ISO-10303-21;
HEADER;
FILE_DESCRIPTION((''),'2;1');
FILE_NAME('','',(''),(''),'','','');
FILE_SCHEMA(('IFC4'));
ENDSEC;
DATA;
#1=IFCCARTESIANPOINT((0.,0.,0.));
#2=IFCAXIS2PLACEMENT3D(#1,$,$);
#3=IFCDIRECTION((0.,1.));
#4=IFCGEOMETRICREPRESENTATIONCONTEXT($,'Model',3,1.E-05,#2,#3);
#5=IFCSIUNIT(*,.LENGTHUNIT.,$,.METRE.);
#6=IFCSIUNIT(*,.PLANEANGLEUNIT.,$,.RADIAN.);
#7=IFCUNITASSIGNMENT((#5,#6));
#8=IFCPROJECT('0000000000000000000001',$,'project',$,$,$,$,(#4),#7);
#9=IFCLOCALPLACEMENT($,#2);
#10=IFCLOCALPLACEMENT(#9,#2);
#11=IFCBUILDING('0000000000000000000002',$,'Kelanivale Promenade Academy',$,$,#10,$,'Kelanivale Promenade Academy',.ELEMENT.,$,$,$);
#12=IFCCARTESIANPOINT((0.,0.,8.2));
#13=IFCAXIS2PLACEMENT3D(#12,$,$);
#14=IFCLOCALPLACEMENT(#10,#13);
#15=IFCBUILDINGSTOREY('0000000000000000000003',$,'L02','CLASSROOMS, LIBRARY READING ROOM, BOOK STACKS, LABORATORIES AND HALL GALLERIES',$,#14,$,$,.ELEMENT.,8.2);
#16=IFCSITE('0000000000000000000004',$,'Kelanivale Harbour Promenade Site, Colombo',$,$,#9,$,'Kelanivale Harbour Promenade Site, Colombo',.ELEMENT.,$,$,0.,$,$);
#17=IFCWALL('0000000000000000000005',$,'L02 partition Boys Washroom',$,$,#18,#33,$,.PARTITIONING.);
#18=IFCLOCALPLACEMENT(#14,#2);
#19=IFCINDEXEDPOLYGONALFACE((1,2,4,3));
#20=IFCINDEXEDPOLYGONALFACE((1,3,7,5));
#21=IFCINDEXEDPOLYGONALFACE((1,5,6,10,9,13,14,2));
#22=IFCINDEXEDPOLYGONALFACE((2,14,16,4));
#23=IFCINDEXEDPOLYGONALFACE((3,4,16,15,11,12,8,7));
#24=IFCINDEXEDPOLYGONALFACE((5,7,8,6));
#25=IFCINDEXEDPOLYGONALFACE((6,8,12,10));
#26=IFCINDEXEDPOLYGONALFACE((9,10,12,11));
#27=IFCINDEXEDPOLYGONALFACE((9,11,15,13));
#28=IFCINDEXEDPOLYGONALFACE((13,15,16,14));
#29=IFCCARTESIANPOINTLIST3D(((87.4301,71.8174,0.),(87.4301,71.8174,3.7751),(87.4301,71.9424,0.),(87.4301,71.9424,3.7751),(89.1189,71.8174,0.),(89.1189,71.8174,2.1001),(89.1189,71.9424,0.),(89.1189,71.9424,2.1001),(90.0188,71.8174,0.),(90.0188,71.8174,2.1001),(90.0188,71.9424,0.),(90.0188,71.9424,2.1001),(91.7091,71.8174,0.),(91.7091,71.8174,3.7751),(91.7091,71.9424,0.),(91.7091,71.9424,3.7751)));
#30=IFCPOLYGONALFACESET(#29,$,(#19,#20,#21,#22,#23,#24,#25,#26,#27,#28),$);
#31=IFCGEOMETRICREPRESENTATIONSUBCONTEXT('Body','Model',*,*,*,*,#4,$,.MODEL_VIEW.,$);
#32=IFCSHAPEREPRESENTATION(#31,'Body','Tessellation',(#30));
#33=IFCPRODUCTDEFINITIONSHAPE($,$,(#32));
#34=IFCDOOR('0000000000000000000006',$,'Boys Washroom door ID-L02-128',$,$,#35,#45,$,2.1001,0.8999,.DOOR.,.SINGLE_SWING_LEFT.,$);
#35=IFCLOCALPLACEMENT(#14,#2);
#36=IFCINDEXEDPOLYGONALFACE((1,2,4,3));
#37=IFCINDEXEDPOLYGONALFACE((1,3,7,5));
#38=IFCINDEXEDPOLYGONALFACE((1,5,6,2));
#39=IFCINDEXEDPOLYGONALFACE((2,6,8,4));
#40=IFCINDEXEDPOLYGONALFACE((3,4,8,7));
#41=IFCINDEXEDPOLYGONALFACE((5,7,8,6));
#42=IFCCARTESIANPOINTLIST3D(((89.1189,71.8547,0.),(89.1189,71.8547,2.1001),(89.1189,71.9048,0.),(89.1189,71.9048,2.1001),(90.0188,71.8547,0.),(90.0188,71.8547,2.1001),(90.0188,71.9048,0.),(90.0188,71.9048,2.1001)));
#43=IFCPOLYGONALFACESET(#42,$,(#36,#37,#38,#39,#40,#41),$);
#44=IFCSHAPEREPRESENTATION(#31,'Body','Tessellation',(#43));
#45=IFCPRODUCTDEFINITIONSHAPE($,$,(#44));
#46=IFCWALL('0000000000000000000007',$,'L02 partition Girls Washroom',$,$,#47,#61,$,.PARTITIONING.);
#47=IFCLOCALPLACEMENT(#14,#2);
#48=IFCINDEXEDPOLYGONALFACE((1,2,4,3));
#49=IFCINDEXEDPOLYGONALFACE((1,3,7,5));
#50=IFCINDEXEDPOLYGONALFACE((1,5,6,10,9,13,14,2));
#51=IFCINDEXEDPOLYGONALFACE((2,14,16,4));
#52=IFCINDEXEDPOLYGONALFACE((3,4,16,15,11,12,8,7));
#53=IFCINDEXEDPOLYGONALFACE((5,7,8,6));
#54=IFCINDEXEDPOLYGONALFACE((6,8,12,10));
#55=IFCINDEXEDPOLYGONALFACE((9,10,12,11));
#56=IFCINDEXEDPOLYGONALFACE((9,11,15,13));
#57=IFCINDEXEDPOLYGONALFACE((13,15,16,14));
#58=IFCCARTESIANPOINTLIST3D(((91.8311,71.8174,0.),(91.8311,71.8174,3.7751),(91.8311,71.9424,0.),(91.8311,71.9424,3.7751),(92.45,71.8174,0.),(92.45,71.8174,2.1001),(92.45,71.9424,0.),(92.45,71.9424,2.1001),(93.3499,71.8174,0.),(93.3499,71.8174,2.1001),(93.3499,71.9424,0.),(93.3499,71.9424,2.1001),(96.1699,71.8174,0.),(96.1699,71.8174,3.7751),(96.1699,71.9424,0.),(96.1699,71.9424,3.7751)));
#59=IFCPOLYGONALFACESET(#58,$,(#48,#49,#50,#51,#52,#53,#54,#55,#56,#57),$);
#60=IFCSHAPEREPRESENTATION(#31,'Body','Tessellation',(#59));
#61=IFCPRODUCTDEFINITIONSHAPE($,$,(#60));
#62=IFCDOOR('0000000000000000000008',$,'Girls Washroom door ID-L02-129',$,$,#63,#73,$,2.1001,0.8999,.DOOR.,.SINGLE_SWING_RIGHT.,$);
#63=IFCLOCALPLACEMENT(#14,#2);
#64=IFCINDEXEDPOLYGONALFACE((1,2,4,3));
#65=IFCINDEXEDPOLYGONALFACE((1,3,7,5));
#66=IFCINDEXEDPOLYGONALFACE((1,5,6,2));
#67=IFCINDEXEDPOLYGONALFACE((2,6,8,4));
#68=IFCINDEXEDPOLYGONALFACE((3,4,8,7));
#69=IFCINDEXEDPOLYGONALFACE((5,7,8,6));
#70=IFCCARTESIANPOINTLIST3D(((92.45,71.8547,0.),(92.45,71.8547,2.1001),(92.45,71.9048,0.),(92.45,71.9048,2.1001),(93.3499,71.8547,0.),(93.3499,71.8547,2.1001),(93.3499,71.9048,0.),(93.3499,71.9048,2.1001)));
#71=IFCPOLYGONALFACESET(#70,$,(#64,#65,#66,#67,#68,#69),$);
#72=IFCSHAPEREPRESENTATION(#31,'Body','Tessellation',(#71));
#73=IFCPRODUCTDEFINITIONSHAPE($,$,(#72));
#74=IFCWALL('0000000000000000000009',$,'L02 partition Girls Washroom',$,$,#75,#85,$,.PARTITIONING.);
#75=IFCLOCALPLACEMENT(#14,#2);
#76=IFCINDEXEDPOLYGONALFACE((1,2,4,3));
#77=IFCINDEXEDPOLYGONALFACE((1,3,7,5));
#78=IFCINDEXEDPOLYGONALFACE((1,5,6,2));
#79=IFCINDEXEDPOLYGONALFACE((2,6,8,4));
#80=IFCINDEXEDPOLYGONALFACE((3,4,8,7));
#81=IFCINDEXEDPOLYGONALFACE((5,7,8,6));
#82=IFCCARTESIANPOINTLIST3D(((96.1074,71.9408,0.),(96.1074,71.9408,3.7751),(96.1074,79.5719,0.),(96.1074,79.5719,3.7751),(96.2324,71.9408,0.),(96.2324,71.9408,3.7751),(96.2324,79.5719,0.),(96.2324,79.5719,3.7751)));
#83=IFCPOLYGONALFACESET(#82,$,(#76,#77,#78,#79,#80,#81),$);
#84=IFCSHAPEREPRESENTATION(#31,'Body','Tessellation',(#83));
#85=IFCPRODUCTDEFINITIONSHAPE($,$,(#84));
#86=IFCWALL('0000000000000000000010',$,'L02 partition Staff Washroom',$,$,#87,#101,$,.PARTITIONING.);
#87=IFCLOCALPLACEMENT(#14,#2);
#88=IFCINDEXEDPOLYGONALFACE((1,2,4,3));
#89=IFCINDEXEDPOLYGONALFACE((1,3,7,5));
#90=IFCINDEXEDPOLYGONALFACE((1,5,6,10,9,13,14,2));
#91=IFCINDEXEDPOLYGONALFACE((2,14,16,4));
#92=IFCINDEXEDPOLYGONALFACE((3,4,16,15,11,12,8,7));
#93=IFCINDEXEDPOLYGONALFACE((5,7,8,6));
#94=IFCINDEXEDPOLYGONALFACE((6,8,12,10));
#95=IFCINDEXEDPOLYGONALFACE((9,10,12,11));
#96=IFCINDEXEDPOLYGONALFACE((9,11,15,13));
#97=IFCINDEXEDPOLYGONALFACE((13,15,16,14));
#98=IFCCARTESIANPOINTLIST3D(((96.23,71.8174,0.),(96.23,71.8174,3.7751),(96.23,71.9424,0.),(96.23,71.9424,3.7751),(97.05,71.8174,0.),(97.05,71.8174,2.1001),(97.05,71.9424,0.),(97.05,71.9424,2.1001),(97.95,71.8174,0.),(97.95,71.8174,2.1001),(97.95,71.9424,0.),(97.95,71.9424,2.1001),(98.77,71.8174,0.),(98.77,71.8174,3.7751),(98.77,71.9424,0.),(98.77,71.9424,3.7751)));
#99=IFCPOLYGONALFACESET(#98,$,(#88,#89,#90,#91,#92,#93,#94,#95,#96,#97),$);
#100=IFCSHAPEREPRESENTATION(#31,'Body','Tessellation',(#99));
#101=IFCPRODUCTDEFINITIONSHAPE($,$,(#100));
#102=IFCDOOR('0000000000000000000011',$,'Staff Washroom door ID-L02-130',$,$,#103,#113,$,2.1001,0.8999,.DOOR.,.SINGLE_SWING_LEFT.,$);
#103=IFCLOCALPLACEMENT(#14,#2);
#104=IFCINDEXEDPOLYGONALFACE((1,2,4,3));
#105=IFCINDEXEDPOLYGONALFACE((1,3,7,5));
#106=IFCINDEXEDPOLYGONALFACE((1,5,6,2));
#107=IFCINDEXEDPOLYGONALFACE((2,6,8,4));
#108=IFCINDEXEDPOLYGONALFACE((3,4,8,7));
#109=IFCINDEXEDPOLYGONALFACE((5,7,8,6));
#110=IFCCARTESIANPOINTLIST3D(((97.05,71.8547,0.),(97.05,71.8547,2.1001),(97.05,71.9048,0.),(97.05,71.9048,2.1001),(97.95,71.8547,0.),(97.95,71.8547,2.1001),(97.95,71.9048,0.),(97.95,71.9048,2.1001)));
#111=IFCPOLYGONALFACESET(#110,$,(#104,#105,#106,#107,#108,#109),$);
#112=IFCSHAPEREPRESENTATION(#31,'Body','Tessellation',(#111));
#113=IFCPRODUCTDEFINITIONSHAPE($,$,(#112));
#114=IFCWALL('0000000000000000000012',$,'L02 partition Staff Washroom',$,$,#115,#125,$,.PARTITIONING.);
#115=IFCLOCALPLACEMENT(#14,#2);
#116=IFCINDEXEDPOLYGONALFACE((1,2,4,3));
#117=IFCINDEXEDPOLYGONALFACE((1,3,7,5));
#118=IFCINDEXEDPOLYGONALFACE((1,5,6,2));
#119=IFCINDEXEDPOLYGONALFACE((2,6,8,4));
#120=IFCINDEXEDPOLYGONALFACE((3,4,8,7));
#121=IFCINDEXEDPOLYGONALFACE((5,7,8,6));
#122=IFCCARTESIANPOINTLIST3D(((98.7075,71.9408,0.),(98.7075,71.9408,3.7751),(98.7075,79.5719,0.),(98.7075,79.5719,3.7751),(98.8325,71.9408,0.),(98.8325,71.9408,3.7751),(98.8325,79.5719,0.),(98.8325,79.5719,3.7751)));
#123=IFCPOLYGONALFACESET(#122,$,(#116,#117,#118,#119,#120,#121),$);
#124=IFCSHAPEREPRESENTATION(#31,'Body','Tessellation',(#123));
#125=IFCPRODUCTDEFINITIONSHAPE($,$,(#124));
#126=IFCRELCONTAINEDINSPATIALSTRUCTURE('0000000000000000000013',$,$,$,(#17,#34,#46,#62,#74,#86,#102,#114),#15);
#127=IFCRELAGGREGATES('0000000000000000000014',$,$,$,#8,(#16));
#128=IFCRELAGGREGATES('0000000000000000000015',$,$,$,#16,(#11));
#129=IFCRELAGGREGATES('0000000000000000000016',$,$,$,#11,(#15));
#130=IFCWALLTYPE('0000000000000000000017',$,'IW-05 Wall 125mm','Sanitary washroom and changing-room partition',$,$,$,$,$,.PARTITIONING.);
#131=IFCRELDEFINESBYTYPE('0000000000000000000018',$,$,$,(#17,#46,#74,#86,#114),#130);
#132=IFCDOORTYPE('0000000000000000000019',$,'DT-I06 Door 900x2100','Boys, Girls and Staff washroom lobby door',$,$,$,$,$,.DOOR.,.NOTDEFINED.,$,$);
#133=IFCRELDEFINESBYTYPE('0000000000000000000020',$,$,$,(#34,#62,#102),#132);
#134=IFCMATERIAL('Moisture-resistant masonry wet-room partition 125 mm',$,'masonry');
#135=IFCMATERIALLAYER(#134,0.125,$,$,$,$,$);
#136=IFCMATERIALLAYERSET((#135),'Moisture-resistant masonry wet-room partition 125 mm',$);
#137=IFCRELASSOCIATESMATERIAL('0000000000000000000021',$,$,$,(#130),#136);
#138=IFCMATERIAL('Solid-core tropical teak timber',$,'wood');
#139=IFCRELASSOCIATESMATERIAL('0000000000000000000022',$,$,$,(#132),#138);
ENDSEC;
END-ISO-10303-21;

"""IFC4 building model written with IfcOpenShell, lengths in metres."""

from ifc_helpers import new_model, si_unit, direction, frame, frame_2d, origin, place, context, subcontext, project, spatial, rectangle, extrude, material, layer, layer_set, type_object, element, fill, save


model = new_model("IFC4")

# Units and contexts
model_context = context("Model", 3, precision=1e-05, world=origin(), true_north=direction((0.0, 1.0)))
body_context = subcontext(model_context, "Body", "Model", "MODEL_VIEW")
ifc_project = project(units=[si_unit("LENGTHUNIT", "METRE"), si_unit("PLANEANGLEUNIT", "RADIAN")], contexts=[model_context])

# Site, building, storey
site_placement = place(None, origin())
site = spatial("IfcSite", under=ifc_project, at=site_placement, Name="Kelanivale Harbour Promenade Site, Colombo", LongName="Kelanivale Harbour Promenade Site, Colombo", CompositionType="ELEMENT", RefElevation=0.0)
building_placement = place(site_placement, origin())
building = spatial("IfcBuilding", under=site, at=building_placement, Name="Kelanivale Promenade Academy", LongName="Kelanivale Promenade Academy", CompositionType="ELEMENT")
storey_placement = place(building_placement, frame((0.0, 0.0, 8.2)))
storey = spatial("IfcBuildingStorey", under=building, at=storey_placement, Name="L02", Description="CLASSROOMS, LIBRARY READING ROOM, BOOK STACKS, LABORATORIES AND HALL GALLERIES", CompositionType="ELEMENT", Elevation=8.2)

# Shared definitions
ifc_material_1 = material(Name="Moisture-resistant masonry wet-room partition 125 mm", Category="masonry")
ifc_layer_1 = layer(ifc_material_1, 0.125)
ifc_layer_set_1 = layer_set([ifc_layer_1], Name="Moisture-resistant masonry wet-room partition 125 mm")
wall_type_1 = type_object("IfcWallType", Name="IW-05 Wall 125mm", Description="Sanitary washroom and changing-room partition", PredefinedType="PARTITIONING", material=ifc_layer_set_1)

# Walls, openings, doors
wall_1_placement = place(storey_placement, frame((87.4299, 71.8799, 0.0), z_axis=(0.0, 0.0, 1.0), x_axis=(1.0, 0.0, 0.0)))
wall_1 = element("IfcWall", 1, at=wall_1_placement, inside=storey, type_object=wall_type_1, Name="L02 partition Boys Washroom", PredefinedType="PARTITIONING", context=body_context, shape_type="SweptSolid", body=[
    extrude(rectangle(XDim=4.2791, YDim=0.125, at=frame_2d((2.1396, 0.0))), origin(), (0.0, 0.0, 1.0), 3.7751),
])
opening_1_placement = place(wall_1_placement, frame((1.689, 0.0, 0.0)))
opening_1 = element("IfcOpeningElement", 2, at=opening_1_placement, cuts=wall_1, PredefinedType="OPENING", context=body_context, shape_type="SweptSolid", body=[
    extrude(rectangle(XDim=0.8999, YDim=2.1001, at=frame_2d((0.45, 1.05))), frame((0.0, 0.0725, 0.0), z_axis=(0.0, -1.0, 0.0), x_axis=(1.0, 0.0, 0.0)), (0.0, 0.0, 1.0), 0.145),
])
ifc_material_2 = material(Name="Solid-core tropical teak timber", Category="wood")
door_type = type_object("IfcDoorType", Name="DT-I06 Door 900x2100", Description="Boys, Girls and Staff washroom lobby door", OperationType="NOTDEFINED", PredefinedType="DOOR", material=ifc_material_2)
door_1_placement = place(opening_1_placement, origin())
door_1 = element("IfcDoor", 3, at=door_1_placement, inside=storey, type_object=door_type, Name="Boys Washroom door ID-L02-128", OperationType="SINGLE_SWING_LEFT", OverallHeight=2.1001, OverallWidth=0.8999, PredefinedType="DOOR", context=body_context, shape_type="SweptSolid", body=[
    extrude(rectangle(XDim=0.8999, YDim=2.1001, at=frame_2d((0.45, 1.05))), frame((0.0, 0.0249, 0.0), z_axis=(0.0, -1.0, 0.0), x_axis=(1.0, 0.0, 0.0)), (0.0, 0.0, 1.0), 0.05),
])
fill(opening_1, door_1)
wall_2_placement = place(storey_placement, frame((91.8311, 71.8799, 0.0), z_axis=(0.0, 0.0, 1.0), x_axis=(1.0, 0.0, 0.0)))
wall_2 = element("IfcWall", 4, at=wall_2_placement, inside=storey, type_object=wall_type_1, Name="L02 partition Girls Washroom", PredefinedType="PARTITIONING", context=body_context, shape_type="SweptSolid", body=[
    extrude(rectangle(XDim=4.3389, YDim=0.125, at=frame_2d((2.1694, 0.0))), origin(), (0.0, 0.0, 1.0), 3.7751),
])
opening_2_placement = place(wall_2_placement, frame((0.6189, 0.0, 0.0)))
opening_2 = element("IfcOpeningElement", 5, at=opening_2_placement, cuts=wall_2, PredefinedType="OPENING", context=body_context, shape_type="SweptSolid", body=[
    extrude(rectangle(XDim=0.8999, YDim=2.1001, at=frame_2d((0.45, 1.05))), frame((0.0, 0.0725, 0.0), z_axis=(0.0, -1.0, 0.0), x_axis=(1.0, 0.0, 0.0)), (0.0, 0.0, 1.0), 0.145),
])
door_2_placement = place(opening_2_placement, origin())
door_2 = element("IfcDoor", 6, at=door_2_placement, inside=storey, type_object=door_type, Name="Girls Washroom door ID-L02-129", OperationType="SINGLE_SWING_RIGHT", OverallHeight=2.1001, OverallWidth=0.8999, PredefinedType="DOOR", context=body_context, shape_type="SweptSolid", body=[
    extrude(rectangle(XDim=0.8999, YDim=2.1001, at=frame_2d((0.45, 1.05))), frame((0.0, 0.0249, 0.0), z_axis=(0.0, -1.0, 0.0), x_axis=(1.0, 0.0, 0.0)), (0.0, 0.0, 1.0), 0.05),
])
fill(opening_2, door_2)

# Wall
wall_3_placement = place(storey_placement, frame((96.1699, 71.9409, 0.0), z_axis=(0.0, 0.0, 1.0), x_axis=(0.0, 1.0, 0.0)))
element("IfcWall", 7, at=wall_3_placement, inside=storey, type_object=wall_type_1, Name="L02 partition Girls Washroom", PredefinedType="PARTITIONING", context=body_context, shape_type="SweptSolid", body=[
    extrude(rectangle(XDim=7.6311, YDim=0.125, at=frame_2d((3.8154, 0.0))), origin(), (0.0, 0.0, 1.0), 3.7751),
])

# Wall, opening, door
wall_4_placement = place(storey_placement, frame((96.23, 71.8799, 0.0), z_axis=(0.0, 0.0, 1.0), x_axis=(1.0, 0.0, 0.0)))
wall_4 = element("IfcWall", 8, at=wall_4_placement, inside=storey, type_object=wall_type_1, Name="L02 partition Staff Washroom", PredefinedType="PARTITIONING", context=body_context, shape_type="SweptSolid", body=[
    extrude(rectangle(XDim=2.54, YDim=0.125, at=frame_2d((1.27, 0.0))), origin(), (0.0, 0.0, 1.0), 3.7751),
])
opening_3_placement = place(wall_4_placement, frame((0.8201, 0.0, 0.0)))
opening_3 = element("IfcOpeningElement", 9, at=opening_3_placement, cuts=wall_4, PredefinedType="OPENING", context=body_context, shape_type="SweptSolid", body=[
    extrude(rectangle(XDim=0.8999, YDim=2.1001, at=frame_2d((0.45, 1.05))), frame((0.0, 0.0725, 0.0), z_axis=(0.0, -1.0, 0.0), x_axis=(1.0, 0.0, 0.0)), (0.0, 0.0, 1.0), 0.145),
])
door_3_placement = place(opening_3_placement, origin())
door_3 = element("IfcDoor", 10, at=door_3_placement, inside=storey, type_object=door_type, Name="Staff Washroom door ID-L02-130", OperationType="SINGLE_SWING_LEFT", OverallHeight=2.1001, OverallWidth=0.8999, PredefinedType="DOOR", context=body_context, shape_type="SweptSolid", body=[
    extrude(rectangle(XDim=0.8999, YDim=2.1001, at=frame_2d((0.45, 1.05))), frame((0.0, 0.0249, 0.0), z_axis=(0.0, -1.0, 0.0), x_axis=(1.0, 0.0, 0.0)), (0.0, 0.0, 1.0), 0.05),
])
fill(opening_3, door_3)

# Wall
wall_5_placement = place(storey_placement, frame((98.77, 71.9409, 0.0), z_axis=(0.0, 0.0, 1.0), x_axis=(0.0, 1.0, 0.0)))
element("IfcWall", 11, at=wall_5_placement, inside=storey, type_object=wall_type_1, Name="L02 partition Staff Washroom", PredefinedType="PARTITIONING", context=body_context, shape_type="SweptSolid", body=[
    extrude(rectangle(XDim=7.6311, YDim=0.125, at=frame_2d((3.8154, 0.0))), origin(), (0.0, 0.0, 1.0), 3.7751),
])

save(model, "model.ifc")
